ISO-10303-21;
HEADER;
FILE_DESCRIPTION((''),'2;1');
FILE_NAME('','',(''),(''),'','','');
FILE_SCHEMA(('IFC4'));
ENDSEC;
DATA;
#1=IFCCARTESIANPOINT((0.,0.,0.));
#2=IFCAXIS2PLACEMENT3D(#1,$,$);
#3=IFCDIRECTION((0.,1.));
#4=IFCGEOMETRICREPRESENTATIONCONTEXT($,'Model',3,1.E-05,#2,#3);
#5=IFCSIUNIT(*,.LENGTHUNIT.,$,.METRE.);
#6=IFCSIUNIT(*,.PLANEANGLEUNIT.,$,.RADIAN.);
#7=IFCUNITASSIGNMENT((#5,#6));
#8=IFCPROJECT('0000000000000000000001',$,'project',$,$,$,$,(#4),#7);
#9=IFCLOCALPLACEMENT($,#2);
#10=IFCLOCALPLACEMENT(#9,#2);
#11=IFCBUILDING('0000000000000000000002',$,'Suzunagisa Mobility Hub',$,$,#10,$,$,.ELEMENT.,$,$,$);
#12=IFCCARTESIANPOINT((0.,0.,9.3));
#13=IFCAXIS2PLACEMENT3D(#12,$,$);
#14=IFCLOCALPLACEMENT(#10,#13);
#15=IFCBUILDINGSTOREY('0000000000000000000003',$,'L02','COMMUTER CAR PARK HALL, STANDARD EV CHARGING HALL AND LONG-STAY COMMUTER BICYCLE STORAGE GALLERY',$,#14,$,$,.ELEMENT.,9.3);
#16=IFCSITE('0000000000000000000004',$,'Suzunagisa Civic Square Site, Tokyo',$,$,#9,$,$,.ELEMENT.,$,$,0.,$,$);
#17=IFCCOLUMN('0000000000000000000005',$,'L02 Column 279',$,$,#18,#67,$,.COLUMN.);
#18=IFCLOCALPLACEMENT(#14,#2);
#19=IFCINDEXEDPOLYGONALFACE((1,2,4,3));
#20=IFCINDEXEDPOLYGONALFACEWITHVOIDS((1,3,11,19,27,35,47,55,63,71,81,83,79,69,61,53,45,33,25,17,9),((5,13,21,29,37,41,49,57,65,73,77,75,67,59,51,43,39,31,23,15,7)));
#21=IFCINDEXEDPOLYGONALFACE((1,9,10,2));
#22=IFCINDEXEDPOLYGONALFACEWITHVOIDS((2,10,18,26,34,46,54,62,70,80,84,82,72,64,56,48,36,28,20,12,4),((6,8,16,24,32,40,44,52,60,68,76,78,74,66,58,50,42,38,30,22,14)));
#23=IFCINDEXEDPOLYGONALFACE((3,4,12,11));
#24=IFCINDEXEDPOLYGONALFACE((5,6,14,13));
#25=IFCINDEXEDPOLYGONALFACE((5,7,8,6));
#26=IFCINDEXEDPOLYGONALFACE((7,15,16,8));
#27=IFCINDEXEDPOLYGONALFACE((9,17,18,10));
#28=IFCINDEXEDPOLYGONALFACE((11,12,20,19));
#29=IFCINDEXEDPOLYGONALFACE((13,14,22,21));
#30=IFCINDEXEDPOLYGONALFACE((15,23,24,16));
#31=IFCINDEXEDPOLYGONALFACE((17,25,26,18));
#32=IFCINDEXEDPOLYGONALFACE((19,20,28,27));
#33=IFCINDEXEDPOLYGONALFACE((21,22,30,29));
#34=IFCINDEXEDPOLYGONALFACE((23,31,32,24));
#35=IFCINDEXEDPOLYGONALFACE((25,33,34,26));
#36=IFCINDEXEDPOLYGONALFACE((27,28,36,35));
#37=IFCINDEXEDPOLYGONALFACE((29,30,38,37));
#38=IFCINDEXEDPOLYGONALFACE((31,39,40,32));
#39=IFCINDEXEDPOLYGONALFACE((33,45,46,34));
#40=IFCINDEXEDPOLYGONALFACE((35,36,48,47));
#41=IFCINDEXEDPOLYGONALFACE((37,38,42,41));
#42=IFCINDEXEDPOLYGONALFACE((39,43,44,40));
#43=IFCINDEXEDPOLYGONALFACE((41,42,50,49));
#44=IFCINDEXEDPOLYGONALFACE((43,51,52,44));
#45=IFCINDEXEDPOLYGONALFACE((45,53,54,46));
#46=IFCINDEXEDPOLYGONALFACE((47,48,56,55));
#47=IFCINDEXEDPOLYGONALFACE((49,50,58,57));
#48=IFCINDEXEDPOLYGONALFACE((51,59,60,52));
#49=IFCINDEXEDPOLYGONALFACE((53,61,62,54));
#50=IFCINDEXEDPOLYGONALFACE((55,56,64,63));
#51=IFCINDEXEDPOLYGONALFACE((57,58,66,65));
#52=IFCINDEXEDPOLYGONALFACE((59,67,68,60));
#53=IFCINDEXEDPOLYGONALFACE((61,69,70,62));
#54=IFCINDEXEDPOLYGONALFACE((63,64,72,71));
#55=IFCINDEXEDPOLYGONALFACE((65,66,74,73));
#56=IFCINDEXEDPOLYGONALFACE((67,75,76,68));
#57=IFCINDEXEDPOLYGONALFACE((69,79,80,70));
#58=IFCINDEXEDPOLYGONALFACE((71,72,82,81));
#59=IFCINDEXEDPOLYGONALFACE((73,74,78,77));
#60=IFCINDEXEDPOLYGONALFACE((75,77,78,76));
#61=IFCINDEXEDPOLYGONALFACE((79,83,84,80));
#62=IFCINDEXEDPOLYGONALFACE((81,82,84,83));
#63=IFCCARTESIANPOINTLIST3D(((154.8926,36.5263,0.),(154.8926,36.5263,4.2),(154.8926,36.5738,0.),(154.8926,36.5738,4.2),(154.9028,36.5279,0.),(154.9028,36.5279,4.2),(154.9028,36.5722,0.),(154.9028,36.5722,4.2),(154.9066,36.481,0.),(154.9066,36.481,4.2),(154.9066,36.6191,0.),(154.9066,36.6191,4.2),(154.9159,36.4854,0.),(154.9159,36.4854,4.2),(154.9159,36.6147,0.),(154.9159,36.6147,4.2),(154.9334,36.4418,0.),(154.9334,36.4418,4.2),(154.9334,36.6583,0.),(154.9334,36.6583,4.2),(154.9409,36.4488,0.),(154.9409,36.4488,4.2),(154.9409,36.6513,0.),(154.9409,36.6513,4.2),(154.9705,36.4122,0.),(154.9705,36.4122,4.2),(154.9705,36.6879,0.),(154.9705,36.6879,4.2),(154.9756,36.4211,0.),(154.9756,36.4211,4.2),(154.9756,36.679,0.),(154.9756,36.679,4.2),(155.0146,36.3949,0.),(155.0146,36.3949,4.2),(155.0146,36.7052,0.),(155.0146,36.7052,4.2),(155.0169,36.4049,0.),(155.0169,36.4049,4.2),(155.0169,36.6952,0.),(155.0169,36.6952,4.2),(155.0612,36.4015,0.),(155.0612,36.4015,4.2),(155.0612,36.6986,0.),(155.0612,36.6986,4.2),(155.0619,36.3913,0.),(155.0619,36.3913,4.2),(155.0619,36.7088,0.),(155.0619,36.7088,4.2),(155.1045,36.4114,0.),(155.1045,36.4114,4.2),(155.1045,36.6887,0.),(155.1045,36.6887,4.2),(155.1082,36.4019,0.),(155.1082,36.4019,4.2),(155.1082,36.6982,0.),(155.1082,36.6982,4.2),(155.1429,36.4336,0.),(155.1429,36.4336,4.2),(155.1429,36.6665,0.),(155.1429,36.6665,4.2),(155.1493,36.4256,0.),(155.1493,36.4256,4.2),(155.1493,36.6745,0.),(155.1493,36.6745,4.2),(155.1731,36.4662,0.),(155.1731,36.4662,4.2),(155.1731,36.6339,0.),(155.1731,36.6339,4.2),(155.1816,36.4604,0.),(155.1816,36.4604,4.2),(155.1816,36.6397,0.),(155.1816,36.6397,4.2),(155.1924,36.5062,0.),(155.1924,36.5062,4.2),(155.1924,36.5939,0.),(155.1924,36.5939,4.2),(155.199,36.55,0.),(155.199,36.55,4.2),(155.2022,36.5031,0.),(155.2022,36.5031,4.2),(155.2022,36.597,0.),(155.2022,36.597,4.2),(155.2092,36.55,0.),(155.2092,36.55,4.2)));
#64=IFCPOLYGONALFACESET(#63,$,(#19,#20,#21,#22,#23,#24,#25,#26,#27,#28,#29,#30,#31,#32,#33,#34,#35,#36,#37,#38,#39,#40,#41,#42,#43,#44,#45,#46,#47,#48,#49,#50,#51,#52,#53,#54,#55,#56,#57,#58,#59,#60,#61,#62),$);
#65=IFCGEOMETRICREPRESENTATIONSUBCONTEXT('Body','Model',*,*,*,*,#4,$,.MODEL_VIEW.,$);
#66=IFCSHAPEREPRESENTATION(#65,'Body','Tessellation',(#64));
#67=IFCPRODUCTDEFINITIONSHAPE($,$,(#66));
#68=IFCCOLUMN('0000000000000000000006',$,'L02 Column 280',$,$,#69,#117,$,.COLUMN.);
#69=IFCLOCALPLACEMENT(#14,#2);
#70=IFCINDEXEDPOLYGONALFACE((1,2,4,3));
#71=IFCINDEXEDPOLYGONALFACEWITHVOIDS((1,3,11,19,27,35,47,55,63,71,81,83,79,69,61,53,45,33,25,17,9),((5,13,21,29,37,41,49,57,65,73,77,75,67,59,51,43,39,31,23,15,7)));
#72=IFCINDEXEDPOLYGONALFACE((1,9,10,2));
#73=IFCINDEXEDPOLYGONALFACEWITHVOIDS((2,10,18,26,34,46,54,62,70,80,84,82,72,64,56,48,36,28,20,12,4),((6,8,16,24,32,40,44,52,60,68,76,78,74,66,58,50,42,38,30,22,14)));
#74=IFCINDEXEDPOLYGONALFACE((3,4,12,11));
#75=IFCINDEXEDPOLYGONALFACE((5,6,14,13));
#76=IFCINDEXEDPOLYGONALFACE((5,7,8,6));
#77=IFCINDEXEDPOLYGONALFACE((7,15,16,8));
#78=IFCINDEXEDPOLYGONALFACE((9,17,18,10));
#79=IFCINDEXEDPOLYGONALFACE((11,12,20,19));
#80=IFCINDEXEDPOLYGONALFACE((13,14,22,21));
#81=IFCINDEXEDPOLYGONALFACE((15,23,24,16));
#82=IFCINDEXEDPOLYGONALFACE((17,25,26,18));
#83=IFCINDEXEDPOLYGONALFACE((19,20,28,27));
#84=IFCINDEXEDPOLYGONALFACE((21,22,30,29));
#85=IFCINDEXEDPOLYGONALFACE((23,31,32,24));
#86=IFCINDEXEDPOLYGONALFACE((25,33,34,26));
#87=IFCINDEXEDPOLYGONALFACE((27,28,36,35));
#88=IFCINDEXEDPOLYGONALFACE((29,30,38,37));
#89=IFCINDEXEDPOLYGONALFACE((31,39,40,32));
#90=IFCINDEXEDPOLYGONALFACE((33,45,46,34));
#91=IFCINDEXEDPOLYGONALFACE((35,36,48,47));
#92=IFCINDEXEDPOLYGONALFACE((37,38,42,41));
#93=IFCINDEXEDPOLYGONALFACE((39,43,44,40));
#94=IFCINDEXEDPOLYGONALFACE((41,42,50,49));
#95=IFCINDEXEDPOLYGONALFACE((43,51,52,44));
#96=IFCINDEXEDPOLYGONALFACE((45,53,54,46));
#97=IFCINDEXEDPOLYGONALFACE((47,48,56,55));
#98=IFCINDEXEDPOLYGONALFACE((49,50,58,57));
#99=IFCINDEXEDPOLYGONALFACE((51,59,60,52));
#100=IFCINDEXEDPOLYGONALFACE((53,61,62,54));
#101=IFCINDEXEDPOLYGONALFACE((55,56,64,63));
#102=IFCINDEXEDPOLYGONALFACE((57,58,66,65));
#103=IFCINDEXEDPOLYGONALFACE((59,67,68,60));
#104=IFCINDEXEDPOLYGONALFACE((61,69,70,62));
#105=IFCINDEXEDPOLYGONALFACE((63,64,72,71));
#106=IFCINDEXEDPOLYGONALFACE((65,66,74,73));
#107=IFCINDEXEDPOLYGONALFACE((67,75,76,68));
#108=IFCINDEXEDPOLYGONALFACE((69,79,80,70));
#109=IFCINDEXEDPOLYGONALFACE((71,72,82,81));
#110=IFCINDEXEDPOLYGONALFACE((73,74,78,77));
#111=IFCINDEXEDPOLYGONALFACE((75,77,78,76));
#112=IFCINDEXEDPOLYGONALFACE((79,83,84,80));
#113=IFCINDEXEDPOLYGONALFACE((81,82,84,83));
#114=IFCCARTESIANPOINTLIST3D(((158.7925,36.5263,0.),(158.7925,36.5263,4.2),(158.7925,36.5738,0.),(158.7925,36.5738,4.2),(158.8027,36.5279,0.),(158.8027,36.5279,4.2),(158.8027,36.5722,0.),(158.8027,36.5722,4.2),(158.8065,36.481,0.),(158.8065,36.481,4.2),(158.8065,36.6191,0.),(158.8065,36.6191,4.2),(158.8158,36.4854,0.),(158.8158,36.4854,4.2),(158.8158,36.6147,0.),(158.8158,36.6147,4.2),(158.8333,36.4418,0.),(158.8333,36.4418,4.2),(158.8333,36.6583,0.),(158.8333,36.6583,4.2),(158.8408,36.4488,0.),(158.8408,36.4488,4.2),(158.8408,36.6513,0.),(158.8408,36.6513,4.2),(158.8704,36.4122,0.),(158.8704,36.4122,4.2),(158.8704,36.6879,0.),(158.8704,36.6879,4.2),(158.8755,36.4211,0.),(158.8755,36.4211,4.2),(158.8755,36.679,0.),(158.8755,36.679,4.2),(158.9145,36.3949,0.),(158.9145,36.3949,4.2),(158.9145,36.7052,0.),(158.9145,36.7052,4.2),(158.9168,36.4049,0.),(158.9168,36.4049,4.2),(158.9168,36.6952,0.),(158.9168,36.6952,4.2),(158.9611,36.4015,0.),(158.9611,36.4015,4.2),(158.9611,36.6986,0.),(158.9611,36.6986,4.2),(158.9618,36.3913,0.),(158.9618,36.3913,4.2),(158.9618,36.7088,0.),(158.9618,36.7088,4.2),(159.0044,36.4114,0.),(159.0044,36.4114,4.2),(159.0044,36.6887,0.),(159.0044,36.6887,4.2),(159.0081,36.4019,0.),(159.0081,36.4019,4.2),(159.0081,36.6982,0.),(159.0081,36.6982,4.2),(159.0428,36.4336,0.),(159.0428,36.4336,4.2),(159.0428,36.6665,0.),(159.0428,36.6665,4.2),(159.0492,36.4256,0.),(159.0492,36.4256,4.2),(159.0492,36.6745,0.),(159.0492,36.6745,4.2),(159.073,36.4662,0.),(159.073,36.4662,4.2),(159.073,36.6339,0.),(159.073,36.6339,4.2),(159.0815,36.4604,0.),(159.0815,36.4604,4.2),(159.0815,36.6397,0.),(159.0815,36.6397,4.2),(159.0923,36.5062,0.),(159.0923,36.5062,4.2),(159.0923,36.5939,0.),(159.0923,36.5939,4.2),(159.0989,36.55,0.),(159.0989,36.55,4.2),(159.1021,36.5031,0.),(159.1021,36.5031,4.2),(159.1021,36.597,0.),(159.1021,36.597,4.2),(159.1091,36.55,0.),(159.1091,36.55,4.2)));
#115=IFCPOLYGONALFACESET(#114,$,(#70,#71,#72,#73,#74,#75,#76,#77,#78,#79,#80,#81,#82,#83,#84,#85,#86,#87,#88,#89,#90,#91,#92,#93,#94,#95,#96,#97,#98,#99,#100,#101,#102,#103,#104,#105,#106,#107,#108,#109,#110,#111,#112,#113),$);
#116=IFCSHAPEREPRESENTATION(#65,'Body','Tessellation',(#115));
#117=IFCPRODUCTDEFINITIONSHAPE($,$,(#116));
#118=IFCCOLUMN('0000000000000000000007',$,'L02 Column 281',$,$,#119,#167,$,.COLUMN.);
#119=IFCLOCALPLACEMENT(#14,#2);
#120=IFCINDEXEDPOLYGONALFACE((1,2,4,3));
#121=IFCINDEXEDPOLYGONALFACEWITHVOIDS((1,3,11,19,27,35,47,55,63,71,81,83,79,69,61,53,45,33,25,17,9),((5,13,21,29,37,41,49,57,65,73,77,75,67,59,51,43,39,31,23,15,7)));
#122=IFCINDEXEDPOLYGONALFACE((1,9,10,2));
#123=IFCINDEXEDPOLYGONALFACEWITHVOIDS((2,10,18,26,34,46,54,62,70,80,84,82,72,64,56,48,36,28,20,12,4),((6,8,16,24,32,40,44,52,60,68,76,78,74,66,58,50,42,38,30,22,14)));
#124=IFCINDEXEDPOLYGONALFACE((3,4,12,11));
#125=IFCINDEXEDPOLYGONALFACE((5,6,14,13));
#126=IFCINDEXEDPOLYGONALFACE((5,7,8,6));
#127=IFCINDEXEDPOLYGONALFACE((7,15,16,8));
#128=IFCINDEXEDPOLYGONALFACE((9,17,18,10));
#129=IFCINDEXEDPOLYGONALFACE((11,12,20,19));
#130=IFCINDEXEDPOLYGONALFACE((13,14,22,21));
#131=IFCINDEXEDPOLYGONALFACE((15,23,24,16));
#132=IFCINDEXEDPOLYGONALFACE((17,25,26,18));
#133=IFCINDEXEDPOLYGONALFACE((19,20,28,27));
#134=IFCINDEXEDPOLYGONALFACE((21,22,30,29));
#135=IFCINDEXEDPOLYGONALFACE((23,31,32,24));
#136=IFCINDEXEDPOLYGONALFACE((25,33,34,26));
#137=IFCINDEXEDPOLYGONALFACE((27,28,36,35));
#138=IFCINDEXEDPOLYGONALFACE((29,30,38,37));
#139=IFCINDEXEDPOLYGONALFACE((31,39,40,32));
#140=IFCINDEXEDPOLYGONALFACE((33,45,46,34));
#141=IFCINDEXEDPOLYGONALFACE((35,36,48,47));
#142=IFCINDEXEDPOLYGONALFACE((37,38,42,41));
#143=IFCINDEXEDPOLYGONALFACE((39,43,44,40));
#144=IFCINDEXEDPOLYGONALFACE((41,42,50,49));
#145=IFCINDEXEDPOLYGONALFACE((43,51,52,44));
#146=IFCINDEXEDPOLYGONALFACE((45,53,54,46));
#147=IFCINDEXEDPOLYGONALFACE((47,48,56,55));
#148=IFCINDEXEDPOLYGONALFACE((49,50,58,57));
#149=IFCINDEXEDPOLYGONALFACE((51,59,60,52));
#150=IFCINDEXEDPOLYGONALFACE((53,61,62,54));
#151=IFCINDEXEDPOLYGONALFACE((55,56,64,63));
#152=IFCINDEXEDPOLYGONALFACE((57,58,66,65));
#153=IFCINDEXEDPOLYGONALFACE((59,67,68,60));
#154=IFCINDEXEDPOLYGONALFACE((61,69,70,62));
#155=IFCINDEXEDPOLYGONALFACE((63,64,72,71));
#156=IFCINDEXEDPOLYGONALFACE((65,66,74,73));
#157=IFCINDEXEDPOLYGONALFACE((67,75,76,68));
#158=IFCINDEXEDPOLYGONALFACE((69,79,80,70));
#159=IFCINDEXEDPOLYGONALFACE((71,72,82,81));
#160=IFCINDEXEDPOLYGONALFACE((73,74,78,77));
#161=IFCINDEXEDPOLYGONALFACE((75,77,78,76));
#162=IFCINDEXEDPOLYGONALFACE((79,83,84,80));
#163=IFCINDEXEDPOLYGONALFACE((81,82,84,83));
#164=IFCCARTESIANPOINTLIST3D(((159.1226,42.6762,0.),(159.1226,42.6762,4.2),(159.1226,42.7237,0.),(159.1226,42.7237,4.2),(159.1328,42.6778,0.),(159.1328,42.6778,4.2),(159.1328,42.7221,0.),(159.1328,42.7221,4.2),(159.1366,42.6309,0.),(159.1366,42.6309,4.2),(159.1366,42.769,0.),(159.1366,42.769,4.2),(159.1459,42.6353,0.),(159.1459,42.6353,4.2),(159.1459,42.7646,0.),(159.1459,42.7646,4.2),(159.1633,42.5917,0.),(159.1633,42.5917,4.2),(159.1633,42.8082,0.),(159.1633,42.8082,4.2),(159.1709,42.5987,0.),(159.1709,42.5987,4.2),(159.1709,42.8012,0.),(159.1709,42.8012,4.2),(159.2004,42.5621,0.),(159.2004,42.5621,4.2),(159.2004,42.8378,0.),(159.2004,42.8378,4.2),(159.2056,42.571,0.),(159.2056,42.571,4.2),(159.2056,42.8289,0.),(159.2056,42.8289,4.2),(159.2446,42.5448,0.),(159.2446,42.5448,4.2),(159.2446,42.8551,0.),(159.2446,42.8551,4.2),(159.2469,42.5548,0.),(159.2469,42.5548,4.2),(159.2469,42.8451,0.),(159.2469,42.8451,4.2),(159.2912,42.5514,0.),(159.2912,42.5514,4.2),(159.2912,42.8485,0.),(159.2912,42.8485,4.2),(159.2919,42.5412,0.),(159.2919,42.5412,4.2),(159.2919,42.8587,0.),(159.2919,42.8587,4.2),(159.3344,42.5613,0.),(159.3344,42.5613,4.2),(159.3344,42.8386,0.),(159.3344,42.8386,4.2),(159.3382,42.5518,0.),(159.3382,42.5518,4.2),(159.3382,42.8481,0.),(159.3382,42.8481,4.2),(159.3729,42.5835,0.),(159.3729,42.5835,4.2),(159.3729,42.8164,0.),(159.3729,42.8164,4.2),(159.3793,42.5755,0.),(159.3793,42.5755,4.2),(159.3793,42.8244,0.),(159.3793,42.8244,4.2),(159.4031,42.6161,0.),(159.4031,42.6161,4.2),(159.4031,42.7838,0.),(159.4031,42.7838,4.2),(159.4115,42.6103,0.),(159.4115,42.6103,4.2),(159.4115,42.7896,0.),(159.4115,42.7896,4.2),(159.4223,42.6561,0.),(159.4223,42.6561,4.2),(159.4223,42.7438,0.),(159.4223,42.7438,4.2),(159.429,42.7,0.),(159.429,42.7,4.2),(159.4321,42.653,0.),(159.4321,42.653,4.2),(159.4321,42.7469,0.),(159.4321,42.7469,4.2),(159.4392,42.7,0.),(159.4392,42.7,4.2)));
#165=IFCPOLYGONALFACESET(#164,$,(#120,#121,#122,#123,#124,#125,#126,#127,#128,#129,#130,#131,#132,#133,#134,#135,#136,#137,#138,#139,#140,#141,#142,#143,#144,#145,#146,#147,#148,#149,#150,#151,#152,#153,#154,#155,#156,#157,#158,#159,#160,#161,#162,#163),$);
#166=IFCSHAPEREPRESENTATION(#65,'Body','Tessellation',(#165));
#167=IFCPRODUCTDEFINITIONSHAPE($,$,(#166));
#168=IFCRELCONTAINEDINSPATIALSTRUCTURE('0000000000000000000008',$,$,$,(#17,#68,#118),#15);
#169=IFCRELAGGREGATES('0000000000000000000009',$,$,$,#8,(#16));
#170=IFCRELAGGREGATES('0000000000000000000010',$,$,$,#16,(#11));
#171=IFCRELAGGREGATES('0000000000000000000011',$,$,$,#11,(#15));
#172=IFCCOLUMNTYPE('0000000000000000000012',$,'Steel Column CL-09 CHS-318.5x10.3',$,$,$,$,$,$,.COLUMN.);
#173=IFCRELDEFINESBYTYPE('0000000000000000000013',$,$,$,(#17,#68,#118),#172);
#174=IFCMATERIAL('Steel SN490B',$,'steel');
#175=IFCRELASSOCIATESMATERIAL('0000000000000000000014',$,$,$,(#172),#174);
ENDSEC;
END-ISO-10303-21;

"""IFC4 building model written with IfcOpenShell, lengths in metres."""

from ifc_helpers import new_model, si_unit, direction, frame, origin, origin_2d, place, context, subcontext, project, spatial, hollow_circle, extrude, material, material_profile, profile_set, type_object, element, save


model = new_model("IFC4")

# Units and contexts
model_context = context("Model", 3, precision=1e-05, world=origin(), true_north=direction((0.0, 1.0)))
body_context = subcontext(model_context, "Body", "Model", "MODEL_VIEW")
ifc_project = project(units=[si_unit("LENGTHUNIT", "METRE"), si_unit("PLANEANGLEUNIT", "RADIAN")], contexts=[model_context])

# Site, building, storey
site_placement = place(None, origin())
site = spatial("IfcSite", under=ifc_project, at=site_placement, Name="Suzunagisa Civic Square Site, Tokyo", CompositionType="ELEMENT", RefElevation=0.0)
building_placement = place(site_placement, origin())
building = spatial("IfcBuilding", under=site, at=building_placement, Name="Suzunagisa Mobility Hub", CompositionType="ELEMENT")
storey_placement = place(building_placement, frame((0.0, 0.0, 9.3)))
storey = spatial("IfcBuildingStorey", under=building, at=storey_placement, Name="L02", Description="COMMUTER CAR PARK HALL, STANDARD EV CHARGING HALL AND LONG-STAY COMMUTER BICYCLE STORAGE GALLERY", CompositionType="ELEMENT", Elevation=9.3)

# Columns
ifc_material_1 = material(Name="Steel SN490B", Category="steel")
ifc_material_profile_1 = material_profile(ifc_material_1, hollow_circle(Radius=0.1592, WallThickness=0.0103, at=origin_2d()), Name="CHS-318.5x10.3")
ifc_profile_set_1 = profile_set([ifc_material_profile_1], Name="Steel SN490B")
column_type_1 = type_object("IfcColumnType", Name="Steel Column CL-09 CHS-318.5x10.3", PredefinedType="COLUMN", material=ifc_profile_set_1)
for number, where, z_axis, x_axis, name in (
    (1, (155.05, 36.55, 0.0), (0.0, 0.0, 1.0), (1.0, 0.0, 0.0), "L02 Column 279"),
    (2, (158.95, 36.55, 0.0), (0.0, 0.0, 1.0), (1.0, 0.0, 0.0), "L02 Column 280"),
    (3, (159.28, 42.7, 0.0), (0.0, 0.0, 1.0), (1.0, 0.0, 0.0), "L02 Column 281"),
):
    element("IfcColumn", number, at=place(storey_placement, frame(where, z_axis=z_axis, x_axis=x_axis)), inside=storey, type_object=column_type_1, Name=name, PredefinedType="COLUMN", context=body_context, shape_type="SweptSolid", body=[
        extrude(hollow_circle(Radius=0.1592, WallThickness=0.0103, at=origin_2d()), origin(), (0.0, 0.0, 1.0), 4.2),
    ])

save(model, "model.ifc")
